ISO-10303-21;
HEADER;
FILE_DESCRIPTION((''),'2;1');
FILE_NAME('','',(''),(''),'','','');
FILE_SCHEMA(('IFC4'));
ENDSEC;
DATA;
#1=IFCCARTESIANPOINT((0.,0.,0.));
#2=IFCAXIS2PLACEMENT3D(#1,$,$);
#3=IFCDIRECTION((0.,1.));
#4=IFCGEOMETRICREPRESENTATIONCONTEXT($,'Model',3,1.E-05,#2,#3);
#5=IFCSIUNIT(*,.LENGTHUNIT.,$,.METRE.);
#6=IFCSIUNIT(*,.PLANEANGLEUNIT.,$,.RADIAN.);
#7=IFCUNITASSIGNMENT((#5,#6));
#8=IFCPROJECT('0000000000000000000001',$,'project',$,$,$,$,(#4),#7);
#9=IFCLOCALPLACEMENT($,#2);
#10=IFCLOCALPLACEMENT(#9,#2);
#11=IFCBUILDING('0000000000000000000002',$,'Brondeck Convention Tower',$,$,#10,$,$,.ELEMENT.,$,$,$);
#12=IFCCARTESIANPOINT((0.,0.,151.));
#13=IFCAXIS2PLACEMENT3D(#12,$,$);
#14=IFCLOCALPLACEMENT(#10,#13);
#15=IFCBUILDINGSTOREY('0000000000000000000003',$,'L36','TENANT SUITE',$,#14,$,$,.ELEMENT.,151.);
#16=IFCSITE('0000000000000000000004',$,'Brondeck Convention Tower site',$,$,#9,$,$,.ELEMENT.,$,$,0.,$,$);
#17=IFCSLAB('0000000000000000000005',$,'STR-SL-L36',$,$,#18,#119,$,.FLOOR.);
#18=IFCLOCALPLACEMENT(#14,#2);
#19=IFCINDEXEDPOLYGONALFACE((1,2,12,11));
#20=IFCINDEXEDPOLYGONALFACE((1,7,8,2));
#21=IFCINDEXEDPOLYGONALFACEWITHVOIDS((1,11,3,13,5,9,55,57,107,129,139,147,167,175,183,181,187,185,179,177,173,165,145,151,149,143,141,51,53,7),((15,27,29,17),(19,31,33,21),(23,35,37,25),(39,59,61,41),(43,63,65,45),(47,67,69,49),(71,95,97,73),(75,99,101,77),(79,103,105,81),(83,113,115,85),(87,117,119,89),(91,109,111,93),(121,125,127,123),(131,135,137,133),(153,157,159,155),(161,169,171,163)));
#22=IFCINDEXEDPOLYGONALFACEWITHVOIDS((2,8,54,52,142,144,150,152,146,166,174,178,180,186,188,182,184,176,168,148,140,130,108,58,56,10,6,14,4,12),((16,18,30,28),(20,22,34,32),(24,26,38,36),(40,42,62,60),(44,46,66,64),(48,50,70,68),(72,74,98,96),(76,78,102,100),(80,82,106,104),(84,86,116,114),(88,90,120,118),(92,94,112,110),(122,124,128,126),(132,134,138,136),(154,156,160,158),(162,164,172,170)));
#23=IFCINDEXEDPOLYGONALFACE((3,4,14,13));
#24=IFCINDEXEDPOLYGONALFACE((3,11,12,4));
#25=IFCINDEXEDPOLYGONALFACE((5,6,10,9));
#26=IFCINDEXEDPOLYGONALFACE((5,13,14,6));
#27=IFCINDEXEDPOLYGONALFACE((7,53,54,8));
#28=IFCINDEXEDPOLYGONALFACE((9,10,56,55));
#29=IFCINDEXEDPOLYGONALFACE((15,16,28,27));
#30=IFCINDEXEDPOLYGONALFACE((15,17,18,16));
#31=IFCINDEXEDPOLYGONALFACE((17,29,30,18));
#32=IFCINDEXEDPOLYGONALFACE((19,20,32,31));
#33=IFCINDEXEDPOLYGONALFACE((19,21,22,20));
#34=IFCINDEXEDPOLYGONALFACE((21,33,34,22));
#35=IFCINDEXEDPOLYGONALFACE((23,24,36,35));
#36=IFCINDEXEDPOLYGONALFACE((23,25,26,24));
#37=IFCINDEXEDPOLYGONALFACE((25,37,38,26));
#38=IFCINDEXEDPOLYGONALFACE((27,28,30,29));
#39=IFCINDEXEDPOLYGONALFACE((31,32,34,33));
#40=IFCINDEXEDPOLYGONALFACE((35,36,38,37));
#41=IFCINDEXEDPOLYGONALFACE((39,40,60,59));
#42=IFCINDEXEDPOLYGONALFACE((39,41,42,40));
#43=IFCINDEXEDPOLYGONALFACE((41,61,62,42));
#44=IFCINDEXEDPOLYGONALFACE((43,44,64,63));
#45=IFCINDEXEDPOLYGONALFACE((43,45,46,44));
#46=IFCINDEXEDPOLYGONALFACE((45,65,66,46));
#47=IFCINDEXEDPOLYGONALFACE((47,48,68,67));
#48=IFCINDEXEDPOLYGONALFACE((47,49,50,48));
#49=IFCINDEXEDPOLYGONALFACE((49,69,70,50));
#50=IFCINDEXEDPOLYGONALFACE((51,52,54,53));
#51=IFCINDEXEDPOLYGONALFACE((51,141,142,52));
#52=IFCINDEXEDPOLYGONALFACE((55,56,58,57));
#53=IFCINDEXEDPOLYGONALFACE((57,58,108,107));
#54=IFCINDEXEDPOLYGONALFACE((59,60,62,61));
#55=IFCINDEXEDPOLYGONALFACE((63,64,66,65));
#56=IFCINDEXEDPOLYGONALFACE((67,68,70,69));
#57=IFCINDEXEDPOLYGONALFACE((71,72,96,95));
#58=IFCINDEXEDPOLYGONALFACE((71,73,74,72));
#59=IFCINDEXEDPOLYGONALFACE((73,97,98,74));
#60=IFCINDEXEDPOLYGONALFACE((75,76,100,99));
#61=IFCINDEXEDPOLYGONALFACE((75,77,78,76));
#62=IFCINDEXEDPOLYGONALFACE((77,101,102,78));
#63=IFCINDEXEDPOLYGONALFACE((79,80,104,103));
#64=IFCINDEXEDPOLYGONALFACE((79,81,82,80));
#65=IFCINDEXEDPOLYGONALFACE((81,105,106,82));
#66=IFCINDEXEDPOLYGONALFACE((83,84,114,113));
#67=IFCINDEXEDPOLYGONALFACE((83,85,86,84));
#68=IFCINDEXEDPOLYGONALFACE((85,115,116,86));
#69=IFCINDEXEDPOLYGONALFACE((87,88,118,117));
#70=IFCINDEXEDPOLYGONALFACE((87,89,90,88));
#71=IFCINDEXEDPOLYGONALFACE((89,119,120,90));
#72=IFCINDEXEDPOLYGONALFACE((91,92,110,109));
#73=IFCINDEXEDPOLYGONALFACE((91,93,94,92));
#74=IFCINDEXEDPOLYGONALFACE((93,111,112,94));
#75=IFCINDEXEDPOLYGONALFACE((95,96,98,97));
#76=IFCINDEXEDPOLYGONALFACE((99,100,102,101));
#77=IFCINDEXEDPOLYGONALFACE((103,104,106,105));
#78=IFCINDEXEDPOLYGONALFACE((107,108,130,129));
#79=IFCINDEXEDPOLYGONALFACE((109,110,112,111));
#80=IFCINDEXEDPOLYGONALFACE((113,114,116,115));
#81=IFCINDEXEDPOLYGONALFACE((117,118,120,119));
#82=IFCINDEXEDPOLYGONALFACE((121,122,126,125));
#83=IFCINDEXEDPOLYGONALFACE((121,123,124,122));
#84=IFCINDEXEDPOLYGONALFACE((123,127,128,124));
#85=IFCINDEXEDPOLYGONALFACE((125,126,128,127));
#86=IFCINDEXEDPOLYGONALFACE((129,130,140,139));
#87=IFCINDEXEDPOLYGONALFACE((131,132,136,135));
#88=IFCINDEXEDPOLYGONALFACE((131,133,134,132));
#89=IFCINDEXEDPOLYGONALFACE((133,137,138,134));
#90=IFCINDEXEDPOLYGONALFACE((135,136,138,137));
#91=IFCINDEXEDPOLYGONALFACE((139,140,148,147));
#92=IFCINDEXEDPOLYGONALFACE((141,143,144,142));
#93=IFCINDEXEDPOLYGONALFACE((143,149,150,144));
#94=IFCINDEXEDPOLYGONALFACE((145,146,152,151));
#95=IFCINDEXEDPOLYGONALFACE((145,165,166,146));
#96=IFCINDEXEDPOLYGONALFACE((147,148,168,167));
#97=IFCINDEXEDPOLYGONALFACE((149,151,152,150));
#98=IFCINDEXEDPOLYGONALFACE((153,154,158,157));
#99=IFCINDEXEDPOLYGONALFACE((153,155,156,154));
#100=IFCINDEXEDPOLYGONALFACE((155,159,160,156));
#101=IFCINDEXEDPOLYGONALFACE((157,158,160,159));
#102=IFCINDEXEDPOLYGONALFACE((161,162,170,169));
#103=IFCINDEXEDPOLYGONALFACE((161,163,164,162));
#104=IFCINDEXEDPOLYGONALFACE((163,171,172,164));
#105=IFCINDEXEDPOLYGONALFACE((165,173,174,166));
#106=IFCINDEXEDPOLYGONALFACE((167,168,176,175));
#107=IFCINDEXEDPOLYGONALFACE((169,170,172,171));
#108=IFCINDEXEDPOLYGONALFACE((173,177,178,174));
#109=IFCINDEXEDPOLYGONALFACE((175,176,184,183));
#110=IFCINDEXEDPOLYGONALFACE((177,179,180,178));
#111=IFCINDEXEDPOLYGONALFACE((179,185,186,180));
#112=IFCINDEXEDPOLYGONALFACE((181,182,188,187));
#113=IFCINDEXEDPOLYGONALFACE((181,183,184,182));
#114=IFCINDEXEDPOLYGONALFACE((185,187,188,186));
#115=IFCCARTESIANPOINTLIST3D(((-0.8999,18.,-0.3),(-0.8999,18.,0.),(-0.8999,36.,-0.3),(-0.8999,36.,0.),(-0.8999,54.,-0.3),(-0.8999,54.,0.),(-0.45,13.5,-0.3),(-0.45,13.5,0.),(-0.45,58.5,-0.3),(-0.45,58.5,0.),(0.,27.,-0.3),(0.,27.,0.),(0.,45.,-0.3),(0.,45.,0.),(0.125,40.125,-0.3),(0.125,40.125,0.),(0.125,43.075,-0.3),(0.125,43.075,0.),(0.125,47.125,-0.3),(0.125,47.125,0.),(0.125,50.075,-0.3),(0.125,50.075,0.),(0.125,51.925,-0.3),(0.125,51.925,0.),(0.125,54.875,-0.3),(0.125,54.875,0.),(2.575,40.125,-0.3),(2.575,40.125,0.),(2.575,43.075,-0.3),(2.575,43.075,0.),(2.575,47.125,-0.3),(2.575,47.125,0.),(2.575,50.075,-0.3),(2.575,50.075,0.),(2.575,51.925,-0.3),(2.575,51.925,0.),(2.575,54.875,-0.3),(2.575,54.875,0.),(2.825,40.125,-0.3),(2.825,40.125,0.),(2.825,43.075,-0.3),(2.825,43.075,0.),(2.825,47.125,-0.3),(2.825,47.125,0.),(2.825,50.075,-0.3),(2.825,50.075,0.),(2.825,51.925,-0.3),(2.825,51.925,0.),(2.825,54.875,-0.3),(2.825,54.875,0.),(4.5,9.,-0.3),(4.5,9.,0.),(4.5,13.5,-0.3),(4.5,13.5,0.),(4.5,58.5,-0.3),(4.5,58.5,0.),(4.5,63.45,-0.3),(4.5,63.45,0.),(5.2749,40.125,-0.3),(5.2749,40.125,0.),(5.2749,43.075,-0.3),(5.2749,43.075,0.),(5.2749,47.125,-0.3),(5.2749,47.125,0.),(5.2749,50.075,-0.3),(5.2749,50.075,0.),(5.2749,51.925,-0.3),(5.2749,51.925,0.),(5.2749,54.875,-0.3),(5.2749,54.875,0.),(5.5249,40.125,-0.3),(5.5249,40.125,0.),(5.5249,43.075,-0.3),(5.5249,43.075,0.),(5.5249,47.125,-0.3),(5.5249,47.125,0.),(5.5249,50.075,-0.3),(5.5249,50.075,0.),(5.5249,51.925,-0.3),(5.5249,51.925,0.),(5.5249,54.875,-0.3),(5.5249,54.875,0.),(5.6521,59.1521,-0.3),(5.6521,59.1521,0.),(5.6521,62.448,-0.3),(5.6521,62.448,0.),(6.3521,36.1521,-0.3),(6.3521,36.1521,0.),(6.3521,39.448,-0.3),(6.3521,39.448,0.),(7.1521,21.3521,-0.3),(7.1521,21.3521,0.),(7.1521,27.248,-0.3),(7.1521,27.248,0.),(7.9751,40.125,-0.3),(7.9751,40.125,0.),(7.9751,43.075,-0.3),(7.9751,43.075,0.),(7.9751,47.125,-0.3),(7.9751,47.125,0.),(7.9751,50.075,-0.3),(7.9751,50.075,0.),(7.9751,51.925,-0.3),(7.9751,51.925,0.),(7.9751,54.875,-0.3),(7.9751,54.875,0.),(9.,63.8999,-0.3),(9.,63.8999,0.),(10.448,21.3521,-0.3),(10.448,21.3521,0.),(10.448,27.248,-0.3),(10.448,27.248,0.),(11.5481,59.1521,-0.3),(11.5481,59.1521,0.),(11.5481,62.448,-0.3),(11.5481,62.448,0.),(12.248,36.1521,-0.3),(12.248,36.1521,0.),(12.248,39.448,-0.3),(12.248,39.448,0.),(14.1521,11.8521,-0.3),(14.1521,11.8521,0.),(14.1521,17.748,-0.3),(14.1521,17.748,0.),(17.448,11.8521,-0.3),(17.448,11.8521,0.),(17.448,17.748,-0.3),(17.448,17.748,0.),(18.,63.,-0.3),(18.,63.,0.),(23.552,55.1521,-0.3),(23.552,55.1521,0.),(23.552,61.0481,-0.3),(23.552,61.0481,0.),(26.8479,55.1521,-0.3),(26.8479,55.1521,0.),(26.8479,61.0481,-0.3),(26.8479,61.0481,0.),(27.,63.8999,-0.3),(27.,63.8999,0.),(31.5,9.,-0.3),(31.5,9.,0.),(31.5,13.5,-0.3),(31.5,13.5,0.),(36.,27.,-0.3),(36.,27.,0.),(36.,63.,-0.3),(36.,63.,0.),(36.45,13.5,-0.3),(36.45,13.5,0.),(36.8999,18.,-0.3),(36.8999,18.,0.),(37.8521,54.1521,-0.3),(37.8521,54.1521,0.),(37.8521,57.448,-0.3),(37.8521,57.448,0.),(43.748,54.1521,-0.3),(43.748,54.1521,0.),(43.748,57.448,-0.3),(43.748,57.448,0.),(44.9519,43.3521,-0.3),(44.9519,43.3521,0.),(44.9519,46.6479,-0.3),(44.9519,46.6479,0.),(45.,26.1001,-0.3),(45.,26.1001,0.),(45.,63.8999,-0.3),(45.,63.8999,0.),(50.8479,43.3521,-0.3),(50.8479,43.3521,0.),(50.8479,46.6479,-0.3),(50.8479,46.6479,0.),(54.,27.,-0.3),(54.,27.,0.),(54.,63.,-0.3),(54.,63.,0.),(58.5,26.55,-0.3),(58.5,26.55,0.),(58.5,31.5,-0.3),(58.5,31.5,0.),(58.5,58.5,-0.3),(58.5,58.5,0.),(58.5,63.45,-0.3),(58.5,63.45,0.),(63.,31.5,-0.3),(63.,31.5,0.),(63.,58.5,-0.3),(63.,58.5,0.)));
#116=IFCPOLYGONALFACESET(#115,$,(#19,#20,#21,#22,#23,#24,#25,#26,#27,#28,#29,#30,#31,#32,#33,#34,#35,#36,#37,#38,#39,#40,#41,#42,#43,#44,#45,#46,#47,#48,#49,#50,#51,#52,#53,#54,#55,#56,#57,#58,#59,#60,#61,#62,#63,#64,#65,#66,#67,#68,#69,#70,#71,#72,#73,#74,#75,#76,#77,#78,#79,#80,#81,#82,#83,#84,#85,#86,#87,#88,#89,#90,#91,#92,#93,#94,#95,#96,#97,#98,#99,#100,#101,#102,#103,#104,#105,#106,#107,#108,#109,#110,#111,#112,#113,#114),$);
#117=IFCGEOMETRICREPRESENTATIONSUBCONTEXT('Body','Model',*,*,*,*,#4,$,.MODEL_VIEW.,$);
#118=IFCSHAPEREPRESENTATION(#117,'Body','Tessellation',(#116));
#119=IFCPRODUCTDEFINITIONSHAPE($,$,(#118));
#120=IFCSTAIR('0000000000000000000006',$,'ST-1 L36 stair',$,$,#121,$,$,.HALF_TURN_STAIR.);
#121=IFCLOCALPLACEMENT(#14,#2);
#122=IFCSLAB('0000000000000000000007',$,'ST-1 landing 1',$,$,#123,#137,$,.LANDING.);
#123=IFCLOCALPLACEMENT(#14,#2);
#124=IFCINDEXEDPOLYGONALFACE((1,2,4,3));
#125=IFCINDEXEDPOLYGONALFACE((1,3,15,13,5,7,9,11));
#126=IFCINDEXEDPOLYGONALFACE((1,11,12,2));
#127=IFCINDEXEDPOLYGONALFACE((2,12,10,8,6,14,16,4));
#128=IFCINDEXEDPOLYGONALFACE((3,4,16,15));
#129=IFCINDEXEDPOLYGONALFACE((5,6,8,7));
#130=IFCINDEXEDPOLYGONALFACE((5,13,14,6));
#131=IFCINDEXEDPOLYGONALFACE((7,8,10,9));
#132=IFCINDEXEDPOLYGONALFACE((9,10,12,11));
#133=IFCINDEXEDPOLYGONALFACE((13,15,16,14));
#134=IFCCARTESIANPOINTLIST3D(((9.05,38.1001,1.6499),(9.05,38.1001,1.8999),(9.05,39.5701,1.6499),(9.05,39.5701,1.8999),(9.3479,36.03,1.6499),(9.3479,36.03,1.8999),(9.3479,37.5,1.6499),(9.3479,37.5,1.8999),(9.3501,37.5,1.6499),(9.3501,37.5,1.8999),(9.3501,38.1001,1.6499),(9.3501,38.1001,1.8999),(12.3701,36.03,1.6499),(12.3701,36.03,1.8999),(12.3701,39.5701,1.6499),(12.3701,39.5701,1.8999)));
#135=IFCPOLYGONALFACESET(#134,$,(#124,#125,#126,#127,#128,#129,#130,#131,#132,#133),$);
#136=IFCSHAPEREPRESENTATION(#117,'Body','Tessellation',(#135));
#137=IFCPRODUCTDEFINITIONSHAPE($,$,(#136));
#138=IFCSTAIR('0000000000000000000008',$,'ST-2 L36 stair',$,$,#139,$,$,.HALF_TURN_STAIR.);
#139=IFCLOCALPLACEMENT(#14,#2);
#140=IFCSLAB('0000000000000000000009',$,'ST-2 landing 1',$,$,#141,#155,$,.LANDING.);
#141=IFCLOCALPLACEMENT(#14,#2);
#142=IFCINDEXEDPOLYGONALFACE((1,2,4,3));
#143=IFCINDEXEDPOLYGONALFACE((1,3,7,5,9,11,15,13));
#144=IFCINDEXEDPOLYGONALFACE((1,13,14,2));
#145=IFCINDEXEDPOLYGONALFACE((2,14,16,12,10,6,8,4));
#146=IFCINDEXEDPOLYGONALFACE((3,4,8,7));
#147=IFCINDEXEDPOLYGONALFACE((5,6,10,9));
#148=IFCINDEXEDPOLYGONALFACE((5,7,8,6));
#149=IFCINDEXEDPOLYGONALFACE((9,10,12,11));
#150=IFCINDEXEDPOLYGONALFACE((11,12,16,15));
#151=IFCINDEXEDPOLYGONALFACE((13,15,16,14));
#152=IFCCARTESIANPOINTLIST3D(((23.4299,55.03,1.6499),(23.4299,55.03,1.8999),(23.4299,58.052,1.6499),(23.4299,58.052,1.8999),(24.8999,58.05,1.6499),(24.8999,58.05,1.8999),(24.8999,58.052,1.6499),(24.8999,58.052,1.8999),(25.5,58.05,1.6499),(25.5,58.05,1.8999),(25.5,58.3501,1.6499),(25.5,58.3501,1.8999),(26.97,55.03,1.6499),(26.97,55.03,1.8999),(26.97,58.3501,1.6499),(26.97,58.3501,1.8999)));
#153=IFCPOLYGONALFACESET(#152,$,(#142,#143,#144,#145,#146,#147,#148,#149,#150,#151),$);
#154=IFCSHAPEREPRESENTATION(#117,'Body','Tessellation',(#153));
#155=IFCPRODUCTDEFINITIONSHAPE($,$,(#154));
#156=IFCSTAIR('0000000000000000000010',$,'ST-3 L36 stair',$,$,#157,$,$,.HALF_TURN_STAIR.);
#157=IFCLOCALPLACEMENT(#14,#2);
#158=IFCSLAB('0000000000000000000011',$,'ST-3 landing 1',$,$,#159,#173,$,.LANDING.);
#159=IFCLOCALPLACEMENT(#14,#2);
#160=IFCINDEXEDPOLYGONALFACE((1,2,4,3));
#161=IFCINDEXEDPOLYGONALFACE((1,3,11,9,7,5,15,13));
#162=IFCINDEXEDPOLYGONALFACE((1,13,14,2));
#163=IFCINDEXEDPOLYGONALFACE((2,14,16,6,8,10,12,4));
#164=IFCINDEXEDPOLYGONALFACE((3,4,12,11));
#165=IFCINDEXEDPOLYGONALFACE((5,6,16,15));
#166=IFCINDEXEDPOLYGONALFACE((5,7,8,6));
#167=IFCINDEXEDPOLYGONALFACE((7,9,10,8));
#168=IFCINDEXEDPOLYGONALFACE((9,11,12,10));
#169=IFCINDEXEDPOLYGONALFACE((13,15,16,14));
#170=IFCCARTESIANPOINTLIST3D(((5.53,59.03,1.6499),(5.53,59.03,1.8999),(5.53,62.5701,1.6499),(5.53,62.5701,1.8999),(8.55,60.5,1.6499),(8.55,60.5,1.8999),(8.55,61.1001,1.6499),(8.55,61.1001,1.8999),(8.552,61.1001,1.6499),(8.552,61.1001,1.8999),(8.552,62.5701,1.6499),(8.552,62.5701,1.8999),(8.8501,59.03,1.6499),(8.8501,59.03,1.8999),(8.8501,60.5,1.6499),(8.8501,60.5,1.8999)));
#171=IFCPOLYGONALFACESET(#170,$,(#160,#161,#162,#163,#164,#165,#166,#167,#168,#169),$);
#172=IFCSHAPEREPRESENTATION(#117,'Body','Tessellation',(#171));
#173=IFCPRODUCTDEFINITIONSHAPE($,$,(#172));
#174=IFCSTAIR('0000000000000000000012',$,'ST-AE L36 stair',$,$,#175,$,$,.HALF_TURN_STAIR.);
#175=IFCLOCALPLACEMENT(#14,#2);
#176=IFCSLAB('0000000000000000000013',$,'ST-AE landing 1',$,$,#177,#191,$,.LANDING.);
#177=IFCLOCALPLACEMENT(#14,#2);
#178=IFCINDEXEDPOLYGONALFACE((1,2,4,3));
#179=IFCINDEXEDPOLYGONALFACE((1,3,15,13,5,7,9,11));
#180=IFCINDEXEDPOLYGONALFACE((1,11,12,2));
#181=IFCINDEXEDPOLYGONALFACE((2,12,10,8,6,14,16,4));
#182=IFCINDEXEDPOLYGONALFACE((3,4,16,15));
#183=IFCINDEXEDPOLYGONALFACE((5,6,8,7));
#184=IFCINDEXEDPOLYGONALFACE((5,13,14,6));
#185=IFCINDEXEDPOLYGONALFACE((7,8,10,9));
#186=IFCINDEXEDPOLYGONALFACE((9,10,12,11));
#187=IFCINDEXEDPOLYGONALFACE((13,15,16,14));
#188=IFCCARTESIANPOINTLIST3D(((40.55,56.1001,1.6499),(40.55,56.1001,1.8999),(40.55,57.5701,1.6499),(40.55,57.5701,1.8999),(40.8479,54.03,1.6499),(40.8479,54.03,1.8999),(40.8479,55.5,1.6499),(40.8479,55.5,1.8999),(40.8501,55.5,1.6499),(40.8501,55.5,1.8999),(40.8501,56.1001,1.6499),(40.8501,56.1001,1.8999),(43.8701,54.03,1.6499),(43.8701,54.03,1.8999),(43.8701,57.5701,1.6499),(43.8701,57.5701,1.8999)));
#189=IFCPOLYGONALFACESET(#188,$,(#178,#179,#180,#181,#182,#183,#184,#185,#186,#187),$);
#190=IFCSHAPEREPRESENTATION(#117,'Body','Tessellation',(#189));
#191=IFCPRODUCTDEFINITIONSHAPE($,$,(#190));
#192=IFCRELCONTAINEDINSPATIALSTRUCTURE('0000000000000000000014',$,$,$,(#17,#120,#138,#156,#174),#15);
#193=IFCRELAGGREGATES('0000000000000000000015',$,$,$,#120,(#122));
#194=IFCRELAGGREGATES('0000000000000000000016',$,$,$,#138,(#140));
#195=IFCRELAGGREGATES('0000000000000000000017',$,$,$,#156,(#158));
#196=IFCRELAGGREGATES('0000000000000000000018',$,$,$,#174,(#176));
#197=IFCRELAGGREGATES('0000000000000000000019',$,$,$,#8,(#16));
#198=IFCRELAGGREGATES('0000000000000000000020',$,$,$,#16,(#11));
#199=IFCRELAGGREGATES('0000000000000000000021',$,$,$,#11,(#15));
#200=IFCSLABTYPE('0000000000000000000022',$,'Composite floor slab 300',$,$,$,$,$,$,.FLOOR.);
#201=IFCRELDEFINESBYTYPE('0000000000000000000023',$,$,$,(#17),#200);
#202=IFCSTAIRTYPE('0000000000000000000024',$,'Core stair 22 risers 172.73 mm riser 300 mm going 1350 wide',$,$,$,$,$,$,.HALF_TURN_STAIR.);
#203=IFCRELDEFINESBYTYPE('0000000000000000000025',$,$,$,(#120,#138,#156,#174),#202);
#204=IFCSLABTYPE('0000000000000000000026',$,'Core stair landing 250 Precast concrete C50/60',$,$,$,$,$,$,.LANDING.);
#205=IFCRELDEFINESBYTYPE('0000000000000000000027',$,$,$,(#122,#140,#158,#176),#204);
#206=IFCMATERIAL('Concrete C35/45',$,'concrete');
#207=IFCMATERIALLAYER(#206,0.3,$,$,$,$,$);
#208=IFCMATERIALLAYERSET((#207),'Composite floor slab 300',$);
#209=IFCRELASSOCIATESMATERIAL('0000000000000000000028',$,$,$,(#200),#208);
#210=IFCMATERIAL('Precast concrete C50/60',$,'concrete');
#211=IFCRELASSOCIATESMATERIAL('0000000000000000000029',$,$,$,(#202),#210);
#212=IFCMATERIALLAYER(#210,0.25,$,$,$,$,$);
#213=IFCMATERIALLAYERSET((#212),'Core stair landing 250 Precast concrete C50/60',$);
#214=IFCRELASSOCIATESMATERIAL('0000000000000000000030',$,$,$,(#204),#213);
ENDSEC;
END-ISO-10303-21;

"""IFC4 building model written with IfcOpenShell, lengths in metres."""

from ifc_helpers import new_model, si_unit, direction, frame, origin, place, context, subcontext, project, spatial, polyline, outline, extrude, material, layer, layer_set, type_object, element, aggregate, save


model = new_model("IFC4")

# Units and contexts
model_context = context("Model", 3, precision=1e-05, world=origin(), true_north=direction((0.0, 1.0)))
body_context = subcontext(model_context, "Body", "Model", "MODEL_VIEW")
ifc_project = project(units=[si_unit("LENGTHUNIT", "METRE"), si_unit("PLANEANGLEUNIT", "RADIAN")], contexts=[model_context])

# Site, building, storey
site_placement = place(None, origin())
site = spatial("IfcSite", under=ifc_project, at=site_placement, Name="Brondeck Convention Tower site", CompositionType="ELEMENT", RefElevation=0.0)
building_placement = place(site_placement, origin())
building = spatial("IfcBuilding", under=site, at=building_placement, Name="Brondeck Convention Tower", CompositionType="ELEMENT")
storey_placement = place(building_placement, frame((0.0, 0.0, 151.0)))
storey = spatial("IfcBuildingStorey", under=building, at=storey_placement, Name="L36", Description="TENANT SUITE", CompositionType="ELEMENT", Elevation=151.0)

# Slab
ifc_material_1 = material(Name="Concrete C35/45", Category="concrete")
ifc_layer_1 = layer(ifc_material_1, 0.3)
ifc_layer_set_1 = layer_set([ifc_layer_1], Name="Composite floor slab 300")
slab_type_1 = type_object("IfcSlabType", Name="Composite floor slab 300", PredefinedType="FLOOR", material=ifc_layer_set_1)
slab_1_placement = place(storey_placement, frame((0.0, 0.0, -0.3)))
element("IfcSlab", 1, at=slab_1_placement, inside=storey, type_object=slab_type_1, Name="STR-SL-L36", PredefinedType="FLOOR", context=body_context, shape_type="SweptSolid", body=[
    extrude(outline(polyline([(4.5, 13.5), (-0.45, 13.5), (-0.8999, 18.0), (0.0, 27.0), (-0.8999, 36.0), (0.0, 45.0), (-0.8999, 54.0), (-0.45, 58.5), (4.5, 58.5), (4.5, 63.45), (9.0, 63.8999), (18.0, 63.0), (27.0, 63.8999), (36.0, 63.0), (45.0, 63.8999), (54.0, 63.0), (58.5, 63.45), (58.5, 58.5), (63.0, 58.5), (63.0, 31.5), (58.5, 31.5), (58.5, 26.55), (54.0, 27.0), (45.0, 26.1001), (36.0, 27.0), (36.8999, 18.0), (36.45, 13.5), (31.5, 13.5), (31.5, 9.0), (4.5, 9.0), (4.5, 13.5)]), holes=[polyline([(2.575, 40.125), (2.575, 43.075), (0.125, 43.075), (0.125, 40.125), (2.575, 40.125)]), polyline([(5.2749, 40.125), (5.2749, 43.075), (2.825, 43.075), (2.825, 40.125), (5.2749, 40.125)]), polyline([(7.9751, 40.125), (7.9751, 43.075), (5.5249, 43.075), (5.5249, 40.125), (7.9751, 40.125)]), polyline([(2.575, 47.125), (2.575, 50.075), (0.125, 50.075), (0.125, 47.125), (2.575, 47.125)]), polyline([(5.2749, 47.125), (5.2749, 50.075), (2.825, 50.075), (2.825, 47.125), (5.2749, 47.125)]), polyline([(7.9751, 47.125), (7.9751, 50.075), (5.5249, 50.075), (5.5249, 47.125), (7.9751, 47.125)]), polyline([(2.575, 51.925), (2.575, 54.875), (0.125, 54.875), (0.125, 51.925), (2.575, 51.925)]), polyline([(5.2749, 51.925), (5.2749, 54.875), (2.825, 54.875), (2.825, 51.925), (5.2749, 51.925)]), polyline([(17.448, 17.748), (14.1521, 17.748), (14.1521, 11.8521), (17.448, 11.8521), (17.448, 17.748)]), polyline([(10.448, 27.248), (7.1521, 27.248), (7.1521, 21.3521), (10.448, 21.3521), (10.448, 27.248)]), polyline([(12.248, 36.1521), (12.248, 39.448), (6.3521, 39.448), (6.3521, 36.1521), (12.248, 36.1521)]), polyline([(50.8479, 43.3521), (50.8479, 46.6479), (44.9519, 46.6479), (44.9519, 43.3521), (50.8479, 43.3521)]), polyline([(7.9751, 51.925), (7.9751, 54.875), (5.5249, 54.875), (5.5249, 51.925), (7.9751, 51.925)]), polyline([(43.748, 54.1521), (43.748, 57.448), (37.8521, 57.448), (37.8521, 54.1521), (43.748, 54.1521)]), polyline([(23.552, 55.1521), (26.8479, 55.1521), (26.8479, 61.0481), (23.552, 61.0481), (23.552, 55.1521)]), polyline([(5.6521, 62.448), (5.6521, 59.1521), (11.5481, 59.1521), (11.5481, 62.448), (5.6521, 62.448)])]), origin(), (0.0, 0.0, 1.0), 0.3),
])

# Stairs, slabs
ifc_material_2 = material(Name="Precast concrete C50/60", Category="concrete")
stair_type = type_object("IfcStairType", Name="Core stair 22 risers 172.73 mm riser 300 mm going 1350 wide", PredefinedType="HALF_TURN_STAIR", material=ifc_material_2)
stair_1_placement = place(storey_placement, origin())
stair_1 = element("IfcStair", 2, at=stair_1_placement, inside=storey, type_object=stair_type, Name="ST-1 L36 stair", PredefinedType="HALF_TURN_STAIR")
ifc_layer_2 = layer(ifc_material_2, 0.25)
ifc_layer_set_2 = layer_set([ifc_layer_2], Name="Core stair landing 250 Precast concrete C50/60")
slab_type_2 = type_object("IfcSlabType", Name="Core stair landing 250 Precast concrete C50/60", PredefinedType="LANDING", material=ifc_layer_set_2)
slab_2_placement = place(storey_placement, frame((0.0, 0.0, 1.6499)))
slab_2 = element("IfcSlab", 3, at=slab_2_placement, type_object=slab_type_2, Name="ST-1 landing 1", PredefinedType="LANDING", context=body_context, shape_type="SweptSolid", body=[
    extrude(outline(polyline([(9.3479, 37.5), (9.3501, 37.5), (9.3501, 38.1001), (9.05, 38.1001), (9.05, 39.5701), (12.3701, 39.5701), (12.3701, 36.03), (9.3479, 36.03), (9.3479, 37.5)])), origin(), (0.0, 0.0, 1.0), 0.25),
])
aggregate(stair_1, [slab_2])
stair_2_placement = place(storey_placement, origin())
stair_2 = element("IfcStair", 4, at=stair_2_placement, inside=storey, type_object=stair_type, Name="ST-2 L36 stair", PredefinedType="HALF_TURN_STAIR")
slab_3_placement = place(storey_placement, frame((0.0, 0.0, 1.6499)))
slab_3 = element("IfcSlab", 5, at=slab_3_placement, type_object=slab_type_2, Name="ST-2 landing 1", PredefinedType="LANDING", context=body_context, shape_type="SweptSolid", body=[
    extrude(outline(polyline([(23.4299, 58.052), (24.8999, 58.052), (24.8999, 58.05), (25.5, 58.05), (25.5, 58.3501), (26.97, 58.3501), (26.97, 55.03), (23.4299, 55.03), (23.4299, 58.052)])), origin(), (0.0, 0.0, 1.0), 0.25),
])
aggregate(stair_2, [slab_3])
stair_3_placement = place(storey_placement, origin())
stair_3 = element("IfcStair", 6, at=stair_3_placement, inside=storey, type_object=stair_type, Name="ST-3 L36 stair", PredefinedType="HALF_TURN_STAIR")
slab_4_placement = place(storey_placement, frame((0.0, 0.0, 1.6499)))
slab_4 = element("IfcSlab", 7, at=slab_4_placement, type_object=slab_type_2, Name="ST-3 landing 1", PredefinedType="LANDING", context=body_context, shape_type="SweptSolid", body=[
    extrude(outline(polyline([(8.8501, 60.5), (8.8501, 59.03), (5.53, 59.03), (5.53, 62.5701), (8.552, 62.5701), (8.552, 61.1001), (8.55, 61.1001), (8.55, 60.5), (8.8501, 60.5)])), origin(), (0.0, 0.0, 1.0), 0.25),
])
aggregate(stair_3, [slab_4])
stair_4_placement = place(storey_placement, origin())
stair_4 = element("IfcStair", 8, at=stair_4_placement, inside=storey, type_object=stair_type, Name="ST-AE L36 stair", PredefinedType="HALF_TURN_STAIR")
slab_5_placement = place(storey_placement, frame((0.0, 0.0, 1.6499)))
slab_5 = element("IfcSlab", 9, at=slab_5_placement, type_object=slab_type_2, Name="ST-AE landing 1", PredefinedType="LANDING", context=body_context, shape_type="SweptSolid", body=[
    extrude(outline(polyline([(40.8479, 55.5), (40.8501, 55.5), (40.8501, 56.1001), (40.55, 56.1001), (40.55, 57.5701), (43.8701, 57.5701), (43.8701, 54.03), (40.8479, 54.03), (40.8479, 55.5)])), origin(), (0.0, 0.0, 1.0), 0.25),
])
aggregate(stair_4, [slab_5])

save(model, "model.ifc")
